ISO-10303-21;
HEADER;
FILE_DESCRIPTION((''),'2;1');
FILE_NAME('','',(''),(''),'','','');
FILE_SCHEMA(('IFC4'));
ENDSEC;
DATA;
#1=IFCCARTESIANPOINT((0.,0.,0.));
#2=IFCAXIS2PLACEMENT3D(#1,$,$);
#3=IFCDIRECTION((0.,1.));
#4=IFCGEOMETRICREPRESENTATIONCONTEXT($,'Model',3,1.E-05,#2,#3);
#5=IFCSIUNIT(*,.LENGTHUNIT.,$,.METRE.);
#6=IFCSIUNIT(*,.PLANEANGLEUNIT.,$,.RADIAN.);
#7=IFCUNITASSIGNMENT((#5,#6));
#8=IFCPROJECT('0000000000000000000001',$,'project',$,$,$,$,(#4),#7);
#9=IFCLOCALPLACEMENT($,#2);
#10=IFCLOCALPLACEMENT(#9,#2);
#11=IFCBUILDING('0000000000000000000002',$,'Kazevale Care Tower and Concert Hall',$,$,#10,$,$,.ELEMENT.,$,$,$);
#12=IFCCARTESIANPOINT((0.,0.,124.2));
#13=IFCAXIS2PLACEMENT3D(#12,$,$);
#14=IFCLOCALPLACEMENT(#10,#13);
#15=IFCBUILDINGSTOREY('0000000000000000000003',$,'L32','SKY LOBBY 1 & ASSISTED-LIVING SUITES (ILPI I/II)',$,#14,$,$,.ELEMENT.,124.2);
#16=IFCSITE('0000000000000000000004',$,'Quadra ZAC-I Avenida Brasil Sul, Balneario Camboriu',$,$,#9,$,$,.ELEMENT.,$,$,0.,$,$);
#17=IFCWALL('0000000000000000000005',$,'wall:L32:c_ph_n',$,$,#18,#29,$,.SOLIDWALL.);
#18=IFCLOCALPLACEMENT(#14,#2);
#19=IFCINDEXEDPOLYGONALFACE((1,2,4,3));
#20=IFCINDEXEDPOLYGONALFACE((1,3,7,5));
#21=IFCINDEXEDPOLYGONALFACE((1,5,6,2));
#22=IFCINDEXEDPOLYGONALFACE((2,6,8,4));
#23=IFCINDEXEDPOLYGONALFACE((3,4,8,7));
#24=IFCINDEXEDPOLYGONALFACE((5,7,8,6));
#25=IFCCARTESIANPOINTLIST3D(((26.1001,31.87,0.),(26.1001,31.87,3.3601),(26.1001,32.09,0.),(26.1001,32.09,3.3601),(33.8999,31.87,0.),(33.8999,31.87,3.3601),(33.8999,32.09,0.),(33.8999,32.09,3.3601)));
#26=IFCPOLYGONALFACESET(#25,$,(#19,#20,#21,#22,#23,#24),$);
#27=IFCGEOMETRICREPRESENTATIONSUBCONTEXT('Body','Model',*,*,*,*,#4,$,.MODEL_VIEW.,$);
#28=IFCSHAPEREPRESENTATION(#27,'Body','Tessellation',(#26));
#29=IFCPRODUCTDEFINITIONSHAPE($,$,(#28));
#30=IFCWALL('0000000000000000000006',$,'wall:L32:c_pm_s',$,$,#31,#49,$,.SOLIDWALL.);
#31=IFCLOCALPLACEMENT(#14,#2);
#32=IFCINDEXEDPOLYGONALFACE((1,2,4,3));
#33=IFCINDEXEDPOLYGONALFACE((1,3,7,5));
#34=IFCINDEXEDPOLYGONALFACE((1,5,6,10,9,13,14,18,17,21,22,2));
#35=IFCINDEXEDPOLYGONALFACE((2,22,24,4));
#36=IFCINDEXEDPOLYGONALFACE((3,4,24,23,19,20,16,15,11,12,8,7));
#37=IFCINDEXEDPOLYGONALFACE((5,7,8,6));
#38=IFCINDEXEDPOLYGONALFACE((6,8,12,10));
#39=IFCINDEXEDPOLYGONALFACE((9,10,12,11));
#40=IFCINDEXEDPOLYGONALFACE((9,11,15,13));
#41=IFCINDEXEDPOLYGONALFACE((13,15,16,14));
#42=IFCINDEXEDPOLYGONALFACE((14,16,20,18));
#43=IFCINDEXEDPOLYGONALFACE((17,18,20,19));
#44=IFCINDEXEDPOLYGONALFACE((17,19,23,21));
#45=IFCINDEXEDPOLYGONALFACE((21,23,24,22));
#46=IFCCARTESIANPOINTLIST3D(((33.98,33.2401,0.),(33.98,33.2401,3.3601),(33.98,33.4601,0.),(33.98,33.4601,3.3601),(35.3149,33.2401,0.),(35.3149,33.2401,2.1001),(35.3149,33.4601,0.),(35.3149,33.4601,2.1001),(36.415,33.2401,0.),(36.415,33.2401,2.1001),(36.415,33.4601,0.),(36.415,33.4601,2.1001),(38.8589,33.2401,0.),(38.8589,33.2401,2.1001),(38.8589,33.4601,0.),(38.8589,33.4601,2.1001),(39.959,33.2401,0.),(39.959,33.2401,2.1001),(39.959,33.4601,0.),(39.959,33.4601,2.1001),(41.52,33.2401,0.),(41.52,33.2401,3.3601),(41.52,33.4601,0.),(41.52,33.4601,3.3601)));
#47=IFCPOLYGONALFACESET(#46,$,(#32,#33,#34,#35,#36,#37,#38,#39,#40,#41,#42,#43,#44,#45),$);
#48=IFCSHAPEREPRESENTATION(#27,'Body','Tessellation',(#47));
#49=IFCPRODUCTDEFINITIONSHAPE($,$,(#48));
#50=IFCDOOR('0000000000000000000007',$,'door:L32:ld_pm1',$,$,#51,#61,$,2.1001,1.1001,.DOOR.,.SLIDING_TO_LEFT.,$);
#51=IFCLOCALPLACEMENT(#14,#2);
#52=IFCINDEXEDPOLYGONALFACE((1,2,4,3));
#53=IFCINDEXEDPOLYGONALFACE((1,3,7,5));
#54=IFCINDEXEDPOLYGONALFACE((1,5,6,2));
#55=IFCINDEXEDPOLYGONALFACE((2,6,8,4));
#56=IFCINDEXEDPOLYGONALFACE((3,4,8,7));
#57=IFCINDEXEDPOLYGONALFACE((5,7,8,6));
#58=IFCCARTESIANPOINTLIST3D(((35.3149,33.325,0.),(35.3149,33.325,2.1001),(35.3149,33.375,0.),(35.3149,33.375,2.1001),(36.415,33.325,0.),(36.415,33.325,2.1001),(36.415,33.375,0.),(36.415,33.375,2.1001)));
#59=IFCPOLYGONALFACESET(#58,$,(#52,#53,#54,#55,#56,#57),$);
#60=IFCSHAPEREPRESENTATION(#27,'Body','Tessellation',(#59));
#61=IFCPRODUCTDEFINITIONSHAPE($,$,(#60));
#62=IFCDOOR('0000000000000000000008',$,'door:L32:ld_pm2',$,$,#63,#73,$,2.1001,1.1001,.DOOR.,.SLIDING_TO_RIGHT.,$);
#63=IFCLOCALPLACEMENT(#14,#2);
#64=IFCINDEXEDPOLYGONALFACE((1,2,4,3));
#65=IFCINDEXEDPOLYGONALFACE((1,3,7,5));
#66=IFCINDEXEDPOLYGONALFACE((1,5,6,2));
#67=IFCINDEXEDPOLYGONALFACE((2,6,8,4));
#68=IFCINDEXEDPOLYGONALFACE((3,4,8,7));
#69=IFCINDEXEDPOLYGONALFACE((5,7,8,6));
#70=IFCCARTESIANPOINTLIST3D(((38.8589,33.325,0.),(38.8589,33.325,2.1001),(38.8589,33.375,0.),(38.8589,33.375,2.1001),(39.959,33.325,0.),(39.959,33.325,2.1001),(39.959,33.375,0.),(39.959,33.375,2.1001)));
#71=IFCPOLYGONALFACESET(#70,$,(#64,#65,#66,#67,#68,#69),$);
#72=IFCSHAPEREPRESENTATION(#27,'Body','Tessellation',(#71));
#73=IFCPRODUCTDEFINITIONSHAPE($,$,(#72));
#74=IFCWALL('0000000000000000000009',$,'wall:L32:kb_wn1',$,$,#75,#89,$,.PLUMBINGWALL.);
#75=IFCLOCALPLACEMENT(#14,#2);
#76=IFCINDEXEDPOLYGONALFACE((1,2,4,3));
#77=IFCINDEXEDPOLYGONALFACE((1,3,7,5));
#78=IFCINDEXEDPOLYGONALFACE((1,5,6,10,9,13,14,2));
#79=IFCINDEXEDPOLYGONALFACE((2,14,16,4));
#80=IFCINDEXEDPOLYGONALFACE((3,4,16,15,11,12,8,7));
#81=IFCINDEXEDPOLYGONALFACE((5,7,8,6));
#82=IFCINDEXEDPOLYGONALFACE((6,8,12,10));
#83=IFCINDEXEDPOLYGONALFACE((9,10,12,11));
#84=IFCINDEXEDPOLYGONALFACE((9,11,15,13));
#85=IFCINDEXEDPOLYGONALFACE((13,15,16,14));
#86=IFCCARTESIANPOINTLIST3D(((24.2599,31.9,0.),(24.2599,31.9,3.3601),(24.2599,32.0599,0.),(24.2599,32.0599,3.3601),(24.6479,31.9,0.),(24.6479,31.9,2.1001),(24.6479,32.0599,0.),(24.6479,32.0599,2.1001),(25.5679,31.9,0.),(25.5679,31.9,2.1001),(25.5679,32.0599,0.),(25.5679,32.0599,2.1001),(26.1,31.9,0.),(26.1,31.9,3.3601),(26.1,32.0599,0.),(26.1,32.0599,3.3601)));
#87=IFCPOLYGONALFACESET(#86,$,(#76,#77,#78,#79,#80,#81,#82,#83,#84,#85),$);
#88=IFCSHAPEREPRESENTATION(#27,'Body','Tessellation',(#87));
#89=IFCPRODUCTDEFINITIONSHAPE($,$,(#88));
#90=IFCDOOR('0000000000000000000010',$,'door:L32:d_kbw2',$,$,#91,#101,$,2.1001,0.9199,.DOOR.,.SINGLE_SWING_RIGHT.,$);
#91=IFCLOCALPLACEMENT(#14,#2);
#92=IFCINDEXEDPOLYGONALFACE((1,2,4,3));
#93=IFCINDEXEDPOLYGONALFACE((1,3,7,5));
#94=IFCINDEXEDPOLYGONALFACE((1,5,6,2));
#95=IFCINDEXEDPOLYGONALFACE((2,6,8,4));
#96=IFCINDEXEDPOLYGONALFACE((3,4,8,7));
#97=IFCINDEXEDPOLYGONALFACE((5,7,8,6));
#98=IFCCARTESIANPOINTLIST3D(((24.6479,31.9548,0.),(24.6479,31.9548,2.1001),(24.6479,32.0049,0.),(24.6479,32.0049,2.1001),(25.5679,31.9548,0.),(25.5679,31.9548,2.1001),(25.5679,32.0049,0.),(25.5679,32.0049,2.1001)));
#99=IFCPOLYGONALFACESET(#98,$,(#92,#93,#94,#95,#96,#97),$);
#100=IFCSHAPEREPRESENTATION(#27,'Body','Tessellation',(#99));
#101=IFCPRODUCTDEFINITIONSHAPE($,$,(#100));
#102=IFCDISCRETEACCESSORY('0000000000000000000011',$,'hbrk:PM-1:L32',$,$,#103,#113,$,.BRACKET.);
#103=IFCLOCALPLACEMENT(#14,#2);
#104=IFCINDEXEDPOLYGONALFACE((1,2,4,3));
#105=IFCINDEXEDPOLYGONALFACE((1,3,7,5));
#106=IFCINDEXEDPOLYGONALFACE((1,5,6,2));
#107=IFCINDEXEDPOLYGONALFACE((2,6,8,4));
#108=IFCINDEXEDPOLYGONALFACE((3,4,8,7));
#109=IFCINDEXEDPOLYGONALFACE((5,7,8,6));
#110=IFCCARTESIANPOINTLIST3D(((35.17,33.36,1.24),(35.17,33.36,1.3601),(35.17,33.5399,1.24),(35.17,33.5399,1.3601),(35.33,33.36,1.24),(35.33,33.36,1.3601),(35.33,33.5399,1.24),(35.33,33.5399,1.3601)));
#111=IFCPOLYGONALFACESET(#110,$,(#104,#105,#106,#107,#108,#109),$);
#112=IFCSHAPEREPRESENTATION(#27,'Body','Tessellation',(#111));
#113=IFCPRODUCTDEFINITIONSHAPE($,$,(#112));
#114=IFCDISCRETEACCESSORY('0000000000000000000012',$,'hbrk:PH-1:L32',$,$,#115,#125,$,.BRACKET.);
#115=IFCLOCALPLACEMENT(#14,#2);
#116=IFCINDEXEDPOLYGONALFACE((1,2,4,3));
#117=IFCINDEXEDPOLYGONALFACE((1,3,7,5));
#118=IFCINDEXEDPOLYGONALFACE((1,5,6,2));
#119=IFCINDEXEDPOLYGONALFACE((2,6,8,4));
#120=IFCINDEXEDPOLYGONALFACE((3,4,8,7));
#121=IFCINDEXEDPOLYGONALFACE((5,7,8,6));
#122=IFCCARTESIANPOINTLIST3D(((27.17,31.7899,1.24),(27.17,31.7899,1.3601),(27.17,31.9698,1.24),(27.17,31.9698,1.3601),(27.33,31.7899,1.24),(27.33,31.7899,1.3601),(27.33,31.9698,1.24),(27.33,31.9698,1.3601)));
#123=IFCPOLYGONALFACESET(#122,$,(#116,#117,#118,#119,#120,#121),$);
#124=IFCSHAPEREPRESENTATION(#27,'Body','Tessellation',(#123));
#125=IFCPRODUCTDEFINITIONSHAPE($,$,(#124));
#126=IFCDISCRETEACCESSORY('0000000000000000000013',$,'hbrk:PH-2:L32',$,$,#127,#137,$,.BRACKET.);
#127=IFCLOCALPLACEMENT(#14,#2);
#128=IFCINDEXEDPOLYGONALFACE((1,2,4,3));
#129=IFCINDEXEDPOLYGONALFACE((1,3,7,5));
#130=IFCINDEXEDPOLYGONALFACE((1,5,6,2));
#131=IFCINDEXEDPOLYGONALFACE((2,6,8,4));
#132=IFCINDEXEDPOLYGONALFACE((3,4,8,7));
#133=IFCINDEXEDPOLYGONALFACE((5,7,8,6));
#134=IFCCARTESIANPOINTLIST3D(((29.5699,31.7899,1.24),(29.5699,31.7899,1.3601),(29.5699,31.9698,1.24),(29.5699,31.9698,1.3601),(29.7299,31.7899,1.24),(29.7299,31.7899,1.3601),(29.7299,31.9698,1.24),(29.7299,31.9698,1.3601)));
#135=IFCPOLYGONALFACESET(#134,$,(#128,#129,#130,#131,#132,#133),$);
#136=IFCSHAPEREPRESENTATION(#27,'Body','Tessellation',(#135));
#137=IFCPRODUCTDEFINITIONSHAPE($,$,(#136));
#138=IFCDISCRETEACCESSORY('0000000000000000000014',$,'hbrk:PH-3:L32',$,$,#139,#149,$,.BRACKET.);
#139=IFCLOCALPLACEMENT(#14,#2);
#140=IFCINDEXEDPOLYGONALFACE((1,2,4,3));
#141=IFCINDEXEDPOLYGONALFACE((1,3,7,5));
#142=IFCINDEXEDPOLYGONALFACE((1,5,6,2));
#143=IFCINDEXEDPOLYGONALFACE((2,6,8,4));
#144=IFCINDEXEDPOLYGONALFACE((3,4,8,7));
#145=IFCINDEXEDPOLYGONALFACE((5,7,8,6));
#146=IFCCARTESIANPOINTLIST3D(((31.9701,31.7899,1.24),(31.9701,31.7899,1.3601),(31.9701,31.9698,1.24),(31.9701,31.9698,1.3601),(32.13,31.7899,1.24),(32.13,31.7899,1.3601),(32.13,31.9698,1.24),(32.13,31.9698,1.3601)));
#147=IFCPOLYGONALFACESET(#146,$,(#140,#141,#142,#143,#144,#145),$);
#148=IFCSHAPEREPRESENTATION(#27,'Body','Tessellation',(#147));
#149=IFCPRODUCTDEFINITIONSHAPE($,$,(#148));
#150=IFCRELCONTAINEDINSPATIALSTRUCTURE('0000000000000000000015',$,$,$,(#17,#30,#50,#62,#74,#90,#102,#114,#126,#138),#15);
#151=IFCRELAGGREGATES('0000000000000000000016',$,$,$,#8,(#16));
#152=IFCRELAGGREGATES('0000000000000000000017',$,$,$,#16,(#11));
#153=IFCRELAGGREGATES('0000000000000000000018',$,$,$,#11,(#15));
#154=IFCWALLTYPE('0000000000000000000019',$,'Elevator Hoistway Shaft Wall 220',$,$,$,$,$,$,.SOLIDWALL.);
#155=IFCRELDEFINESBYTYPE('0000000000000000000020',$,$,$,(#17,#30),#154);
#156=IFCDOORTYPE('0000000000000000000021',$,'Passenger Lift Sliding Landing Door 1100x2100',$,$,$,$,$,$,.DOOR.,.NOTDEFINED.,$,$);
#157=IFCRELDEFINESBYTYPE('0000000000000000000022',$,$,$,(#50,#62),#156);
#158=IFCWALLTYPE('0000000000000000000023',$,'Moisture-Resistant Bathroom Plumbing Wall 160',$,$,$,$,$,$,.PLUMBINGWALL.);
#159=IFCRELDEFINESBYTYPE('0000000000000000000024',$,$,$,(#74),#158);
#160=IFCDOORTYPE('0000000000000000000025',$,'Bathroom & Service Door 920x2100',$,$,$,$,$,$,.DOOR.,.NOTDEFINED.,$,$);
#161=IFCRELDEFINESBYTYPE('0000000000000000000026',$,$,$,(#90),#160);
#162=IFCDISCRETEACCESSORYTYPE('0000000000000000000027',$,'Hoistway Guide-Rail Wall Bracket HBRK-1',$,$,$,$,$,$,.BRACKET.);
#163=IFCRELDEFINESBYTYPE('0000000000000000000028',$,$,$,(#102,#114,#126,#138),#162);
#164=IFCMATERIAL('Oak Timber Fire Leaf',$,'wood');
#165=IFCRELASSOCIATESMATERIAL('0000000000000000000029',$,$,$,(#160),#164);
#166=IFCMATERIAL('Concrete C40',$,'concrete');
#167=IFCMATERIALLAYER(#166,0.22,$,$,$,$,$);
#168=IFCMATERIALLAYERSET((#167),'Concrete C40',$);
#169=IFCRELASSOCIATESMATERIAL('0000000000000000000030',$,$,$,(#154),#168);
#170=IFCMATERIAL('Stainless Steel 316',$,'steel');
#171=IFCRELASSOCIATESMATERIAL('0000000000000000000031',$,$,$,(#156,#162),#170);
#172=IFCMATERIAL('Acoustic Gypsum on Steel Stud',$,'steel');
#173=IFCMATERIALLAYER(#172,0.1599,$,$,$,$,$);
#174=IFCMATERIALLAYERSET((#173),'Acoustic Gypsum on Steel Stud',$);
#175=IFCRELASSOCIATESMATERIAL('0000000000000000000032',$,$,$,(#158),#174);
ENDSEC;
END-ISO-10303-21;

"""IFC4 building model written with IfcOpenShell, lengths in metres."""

from ifc_helpers import new_model, si_unit, direction, frame, frame_2d, origin, origin_2d, place, context, subcontext, project, spatial, rectangle, extrude, material, layer, layer_set, type_object, element, fill, save


model = new_model("IFC4")

# Units and contexts
model_context = context("Model", 3, precision=1e-05, world=origin(), true_north=direction((0.0, 1.0)))
body_context = subcontext(model_context, "Body", "Model", "MODEL_VIEW")
ifc_project = project(units=[si_unit("LENGTHUNIT", "METRE"), si_unit("PLANEANGLEUNIT", "RADIAN")], contexts=[model_context])

# Site, building, storey
site_placement = place(None, origin())
site = spatial("IfcSite", under=ifc_project, at=site_placement, Name="Quadra ZAC-I Avenida Brasil Sul, Balneario Camboriu", CompositionType="ELEMENT", RefElevation=0.0)
building_placement = place(site_placement, origin())
building = spatial("IfcBuilding", under=site, at=building_placement, Name="Kazevale Care Tower and Concert Hall", CompositionType="ELEMENT")
storey_placement = place(building_placement, frame((0.0, 0.0, 124.2)))
storey = spatial("IfcBuildingStorey", under=building, at=storey_placement, Name="L32", Description="SKY LOBBY 1 & ASSISTED-LIVING SUITES (ILPI I/II)", CompositionType="ELEMENT", Elevation=124.2)

# Shared definitions
ifc_material_1 = material(Name="Acoustic Gypsum on Steel Stud", Category="steel")
ifc_material_2 = material(Name="Oak Timber Fire Leaf", Category="wood")
door_type_1 = type_object("IfcDoorType", Name="Bathroom & Service Door 920x2100", OperationType="NOTDEFINED", PredefinedType="DOOR", material=ifc_material_2)

# Wall
ifc_material_3 = material(Name="Concrete C40", Category="concrete")
ifc_layer_1 = layer(ifc_material_3, 0.22)
ifc_layer_set_1 = layer_set([ifc_layer_1], Name="Concrete C40")
wall_type_1 = type_object("IfcWallType", Name="Elevator Hoistway Shaft Wall 220", PredefinedType="SOLIDWALL", material=ifc_layer_set_1)
wall_1_placement = place(storey_placement, frame((26.1001, 31.98, 0.0), z_axis=(0.0, 0.0, 1.0), x_axis=(1.0, 0.0, 0.0)))
element("IfcWall", 1, at=wall_1_placement, inside=storey, type_object=wall_type_1, Name="wall:L32:c_ph_n", PredefinedType="SOLIDWALL", context=body_context, shape_type="SweptSolid", body=[
    extrude(rectangle(XDim=7.7998, YDim=0.22, at=frame_2d((3.8999, 0.0))), origin(), (0.0, 0.0, 1.0), 3.3601),
])

# Wall, openings, doors
wall_2_placement = place(storey_placement, frame((33.98, 33.3501, 0.0), z_axis=(0.0, 0.0, 1.0), x_axis=(1.0, 0.0, 0.0)))
wall_2 = element("IfcWall", 2, at=wall_2_placement, inside=storey, type_object=wall_type_1, Name="wall:L32:c_pm_s", PredefinedType="SOLIDWALL", context=body_context, shape_type="SweptSolid", body=[
    extrude(rectangle(XDim=7.54, YDim=0.22, at=frame_2d((3.77, 0.0))), origin(), (0.0, 0.0, 1.0), 3.3601),
])
opening_1_placement = place(wall_2_placement, frame((1.335, 0.0, 0.0)))
opening_1 = element("IfcOpeningElement", 3, at=opening_1_placement, cuts=wall_2, PredefinedType="OPENING", context=body_context, shape_type="SweptSolid", body=[
    extrude(rectangle(XDim=1.1001, YDim=2.1001, at=frame_2d((0.55, 1.05))), frame((0.0, 0.1199, 0.0), z_axis=(0.0, -1.0, 0.0), x_axis=(1.0, 0.0, 0.0)), (0.0, 0.0, 1.0), 0.24),
])
opening_2_placement = place(wall_2_placement, frame((4.8789, 0.0, 0.0)))
opening_2 = element("IfcOpeningElement", 4, at=opening_2_placement, cuts=wall_2, PredefinedType="OPENING", context=body_context, shape_type="SweptSolid", body=[
    extrude(rectangle(XDim=1.1001, YDim=2.1001, at=frame_2d((0.55, 1.05))), frame((0.0, 0.1199, 0.0), z_axis=(0.0, -1.0, 0.0), x_axis=(1.0, 0.0, 0.0)), (0.0, 0.0, 1.0), 0.24),
])
ifc_material_4 = material(Name="Stainless Steel 316", Category="steel")
door_type_2 = type_object("IfcDoorType", Name="Passenger Lift Sliding Landing Door 1100x2100", OperationType="NOTDEFINED", PredefinedType="DOOR", material=ifc_material_4)
door_1_placement = place(opening_1_placement, origin())
door_1 = element("IfcDoor", 5, at=door_1_placement, inside=storey, type_object=door_type_2, Name="door:L32:ld_pm1", OperationType="SLIDING_TO_LEFT", OverallHeight=2.1001, OverallWidth=1.1001, PredefinedType="DOOR", context=body_context, shape_type="SweptSolid", body=[
    extrude(rectangle(XDim=1.1001, YDim=2.1001, at=frame_2d((0.55, 1.05))), frame((0.0, 0.0249, 0.0), z_axis=(0.0, -1.0, 0.0), x_axis=(1.0, 0.0, 0.0)), (0.0, 0.0, 1.0), 0.05),
])
fill(opening_1, door_1)
door_2_placement = place(opening_2_placement, origin())
door_2 = element("IfcDoor", 6, at=door_2_placement, inside=storey, type_object=door_type_2, Name="door:L32:ld_pm2", OperationType="SLIDING_TO_RIGHT", OverallHeight=2.1001, OverallWidth=1.1001, PredefinedType="DOOR", context=body_context, shape_type="SweptSolid", body=[
    extrude(rectangle(XDim=1.1001, YDim=2.1001, at=frame_2d((0.55, 1.05))), frame((0.0, 0.0249, 0.0), z_axis=(0.0, -1.0, 0.0), x_axis=(1.0, 0.0, 0.0)), (0.0, 0.0, 1.0), 0.05),
])
fill(opening_2, door_2)

# Wall, opening, door
ifc_layer_2 = layer(ifc_material_1, 0.1599)
ifc_layer_set_2 = layer_set([ifc_layer_2], Name="Acoustic Gypsum on Steel Stud")
wall_type_2 = type_object("IfcWallType", Name="Moisture-Resistant Bathroom Plumbing Wall 160", PredefinedType="PLUMBINGWALL", material=ifc_layer_set_2)
wall_3_placement = place(storey_placement, frame((24.26, 31.98, 0.0), z_axis=(0.0, 0.0, 1.0), x_axis=(1.0, 0.0, 0.0)))
wall_3 = element("IfcWall", 7, at=wall_3_placement, inside=storey, type_object=wall_type_2, Name="wall:L32:kb_wn1", PredefinedType="PLUMBINGWALL", context=body_context, shape_type="SweptSolid", body=[
    extrude(rectangle(XDim=1.8401, YDim=0.1599, at=frame_2d((0.9199, 0.0))), origin(), (0.0, 0.0, 1.0), 3.3601),
])
opening_3_placement = place(wall_3_placement, frame((0.3879, 0.0, 0.0)))
opening_3 = element("IfcOpeningElement", 8, at=opening_3_placement, cuts=wall_3, PredefinedType="OPENING", context=body_context, shape_type="SweptSolid", body=[
    extrude(rectangle(XDim=0.9199, YDim=2.1001, at=frame_2d((0.46, 1.05))), frame((0.0, 0.0898, 0.0), z_axis=(0.0, -1.0, 0.0), x_axis=(1.0, 0.0, 0.0)), (0.0, 0.0, 1.0), 0.1799),
])
door_3_placement = place(opening_3_placement, origin())
door_3 = element("IfcDoor", 9, at=door_3_placement, inside=storey, type_object=door_type_1, Name="door:L32:d_kbw2", OperationType="SINGLE_SWING_RIGHT", OverallHeight=2.1001, OverallWidth=0.9199, PredefinedType="DOOR", context=body_context, shape_type="SweptSolid", body=[
    extrude(rectangle(XDim=0.9199, YDim=2.1001, at=frame_2d((0.46, 1.05))), frame((0.0, 0.0249, 0.0), z_axis=(0.0, -1.0, 0.0), x_axis=(1.0, 0.0, 0.0)), (0.0, 0.0, 1.0), 0.05),
])
fill(opening_3, door_3)

# Discrete accessories
discrete_accessory_type = type_object("IfcDiscreteAccessoryType", Name="Hoistway Guide-Rail Wall Bracket HBRK-1", PredefinedType="BRACKET", material=ifc_material_4)
for number, where, z_axis, x_axis, name in (
    (10, (35.25, 33.45, 1.24), (0.0, 0.0, 1.0), (1.0, 0.0, 0.0), "hbrk:PM-1:L32"),
    (11, (27.25, 31.8799, 1.24), (0.0, 0.0, 1.0), (1.0, 0.0, 0.0), "hbrk:PH-1:L32"),
    (12, (29.6499, 31.8799, 1.24), (0.0, 0.0, 1.0), (1.0, 0.0, 0.0), "hbrk:PH-2:L32"),
    (13, (32.05, 31.8799, 1.24), (0.0, 0.0, 1.0), (1.0, 0.0, 0.0), "hbrk:PH-3:L32"),
):
    element("IfcDiscreteAccessory", number, at=place(storey_placement, frame(where, z_axis=z_axis, x_axis=x_axis)), inside=storey, type_object=discrete_accessory_type, Name=name, PredefinedType="BRACKET", context=body_context, shape_type="SweptSolid", body=[
        extrude(rectangle(XDim=0.1599, YDim=0.1799, at=origin_2d()), origin(), (0.0, 0.0, 1.0), 0.1201),
    ])

save(model, "model.ifc")
